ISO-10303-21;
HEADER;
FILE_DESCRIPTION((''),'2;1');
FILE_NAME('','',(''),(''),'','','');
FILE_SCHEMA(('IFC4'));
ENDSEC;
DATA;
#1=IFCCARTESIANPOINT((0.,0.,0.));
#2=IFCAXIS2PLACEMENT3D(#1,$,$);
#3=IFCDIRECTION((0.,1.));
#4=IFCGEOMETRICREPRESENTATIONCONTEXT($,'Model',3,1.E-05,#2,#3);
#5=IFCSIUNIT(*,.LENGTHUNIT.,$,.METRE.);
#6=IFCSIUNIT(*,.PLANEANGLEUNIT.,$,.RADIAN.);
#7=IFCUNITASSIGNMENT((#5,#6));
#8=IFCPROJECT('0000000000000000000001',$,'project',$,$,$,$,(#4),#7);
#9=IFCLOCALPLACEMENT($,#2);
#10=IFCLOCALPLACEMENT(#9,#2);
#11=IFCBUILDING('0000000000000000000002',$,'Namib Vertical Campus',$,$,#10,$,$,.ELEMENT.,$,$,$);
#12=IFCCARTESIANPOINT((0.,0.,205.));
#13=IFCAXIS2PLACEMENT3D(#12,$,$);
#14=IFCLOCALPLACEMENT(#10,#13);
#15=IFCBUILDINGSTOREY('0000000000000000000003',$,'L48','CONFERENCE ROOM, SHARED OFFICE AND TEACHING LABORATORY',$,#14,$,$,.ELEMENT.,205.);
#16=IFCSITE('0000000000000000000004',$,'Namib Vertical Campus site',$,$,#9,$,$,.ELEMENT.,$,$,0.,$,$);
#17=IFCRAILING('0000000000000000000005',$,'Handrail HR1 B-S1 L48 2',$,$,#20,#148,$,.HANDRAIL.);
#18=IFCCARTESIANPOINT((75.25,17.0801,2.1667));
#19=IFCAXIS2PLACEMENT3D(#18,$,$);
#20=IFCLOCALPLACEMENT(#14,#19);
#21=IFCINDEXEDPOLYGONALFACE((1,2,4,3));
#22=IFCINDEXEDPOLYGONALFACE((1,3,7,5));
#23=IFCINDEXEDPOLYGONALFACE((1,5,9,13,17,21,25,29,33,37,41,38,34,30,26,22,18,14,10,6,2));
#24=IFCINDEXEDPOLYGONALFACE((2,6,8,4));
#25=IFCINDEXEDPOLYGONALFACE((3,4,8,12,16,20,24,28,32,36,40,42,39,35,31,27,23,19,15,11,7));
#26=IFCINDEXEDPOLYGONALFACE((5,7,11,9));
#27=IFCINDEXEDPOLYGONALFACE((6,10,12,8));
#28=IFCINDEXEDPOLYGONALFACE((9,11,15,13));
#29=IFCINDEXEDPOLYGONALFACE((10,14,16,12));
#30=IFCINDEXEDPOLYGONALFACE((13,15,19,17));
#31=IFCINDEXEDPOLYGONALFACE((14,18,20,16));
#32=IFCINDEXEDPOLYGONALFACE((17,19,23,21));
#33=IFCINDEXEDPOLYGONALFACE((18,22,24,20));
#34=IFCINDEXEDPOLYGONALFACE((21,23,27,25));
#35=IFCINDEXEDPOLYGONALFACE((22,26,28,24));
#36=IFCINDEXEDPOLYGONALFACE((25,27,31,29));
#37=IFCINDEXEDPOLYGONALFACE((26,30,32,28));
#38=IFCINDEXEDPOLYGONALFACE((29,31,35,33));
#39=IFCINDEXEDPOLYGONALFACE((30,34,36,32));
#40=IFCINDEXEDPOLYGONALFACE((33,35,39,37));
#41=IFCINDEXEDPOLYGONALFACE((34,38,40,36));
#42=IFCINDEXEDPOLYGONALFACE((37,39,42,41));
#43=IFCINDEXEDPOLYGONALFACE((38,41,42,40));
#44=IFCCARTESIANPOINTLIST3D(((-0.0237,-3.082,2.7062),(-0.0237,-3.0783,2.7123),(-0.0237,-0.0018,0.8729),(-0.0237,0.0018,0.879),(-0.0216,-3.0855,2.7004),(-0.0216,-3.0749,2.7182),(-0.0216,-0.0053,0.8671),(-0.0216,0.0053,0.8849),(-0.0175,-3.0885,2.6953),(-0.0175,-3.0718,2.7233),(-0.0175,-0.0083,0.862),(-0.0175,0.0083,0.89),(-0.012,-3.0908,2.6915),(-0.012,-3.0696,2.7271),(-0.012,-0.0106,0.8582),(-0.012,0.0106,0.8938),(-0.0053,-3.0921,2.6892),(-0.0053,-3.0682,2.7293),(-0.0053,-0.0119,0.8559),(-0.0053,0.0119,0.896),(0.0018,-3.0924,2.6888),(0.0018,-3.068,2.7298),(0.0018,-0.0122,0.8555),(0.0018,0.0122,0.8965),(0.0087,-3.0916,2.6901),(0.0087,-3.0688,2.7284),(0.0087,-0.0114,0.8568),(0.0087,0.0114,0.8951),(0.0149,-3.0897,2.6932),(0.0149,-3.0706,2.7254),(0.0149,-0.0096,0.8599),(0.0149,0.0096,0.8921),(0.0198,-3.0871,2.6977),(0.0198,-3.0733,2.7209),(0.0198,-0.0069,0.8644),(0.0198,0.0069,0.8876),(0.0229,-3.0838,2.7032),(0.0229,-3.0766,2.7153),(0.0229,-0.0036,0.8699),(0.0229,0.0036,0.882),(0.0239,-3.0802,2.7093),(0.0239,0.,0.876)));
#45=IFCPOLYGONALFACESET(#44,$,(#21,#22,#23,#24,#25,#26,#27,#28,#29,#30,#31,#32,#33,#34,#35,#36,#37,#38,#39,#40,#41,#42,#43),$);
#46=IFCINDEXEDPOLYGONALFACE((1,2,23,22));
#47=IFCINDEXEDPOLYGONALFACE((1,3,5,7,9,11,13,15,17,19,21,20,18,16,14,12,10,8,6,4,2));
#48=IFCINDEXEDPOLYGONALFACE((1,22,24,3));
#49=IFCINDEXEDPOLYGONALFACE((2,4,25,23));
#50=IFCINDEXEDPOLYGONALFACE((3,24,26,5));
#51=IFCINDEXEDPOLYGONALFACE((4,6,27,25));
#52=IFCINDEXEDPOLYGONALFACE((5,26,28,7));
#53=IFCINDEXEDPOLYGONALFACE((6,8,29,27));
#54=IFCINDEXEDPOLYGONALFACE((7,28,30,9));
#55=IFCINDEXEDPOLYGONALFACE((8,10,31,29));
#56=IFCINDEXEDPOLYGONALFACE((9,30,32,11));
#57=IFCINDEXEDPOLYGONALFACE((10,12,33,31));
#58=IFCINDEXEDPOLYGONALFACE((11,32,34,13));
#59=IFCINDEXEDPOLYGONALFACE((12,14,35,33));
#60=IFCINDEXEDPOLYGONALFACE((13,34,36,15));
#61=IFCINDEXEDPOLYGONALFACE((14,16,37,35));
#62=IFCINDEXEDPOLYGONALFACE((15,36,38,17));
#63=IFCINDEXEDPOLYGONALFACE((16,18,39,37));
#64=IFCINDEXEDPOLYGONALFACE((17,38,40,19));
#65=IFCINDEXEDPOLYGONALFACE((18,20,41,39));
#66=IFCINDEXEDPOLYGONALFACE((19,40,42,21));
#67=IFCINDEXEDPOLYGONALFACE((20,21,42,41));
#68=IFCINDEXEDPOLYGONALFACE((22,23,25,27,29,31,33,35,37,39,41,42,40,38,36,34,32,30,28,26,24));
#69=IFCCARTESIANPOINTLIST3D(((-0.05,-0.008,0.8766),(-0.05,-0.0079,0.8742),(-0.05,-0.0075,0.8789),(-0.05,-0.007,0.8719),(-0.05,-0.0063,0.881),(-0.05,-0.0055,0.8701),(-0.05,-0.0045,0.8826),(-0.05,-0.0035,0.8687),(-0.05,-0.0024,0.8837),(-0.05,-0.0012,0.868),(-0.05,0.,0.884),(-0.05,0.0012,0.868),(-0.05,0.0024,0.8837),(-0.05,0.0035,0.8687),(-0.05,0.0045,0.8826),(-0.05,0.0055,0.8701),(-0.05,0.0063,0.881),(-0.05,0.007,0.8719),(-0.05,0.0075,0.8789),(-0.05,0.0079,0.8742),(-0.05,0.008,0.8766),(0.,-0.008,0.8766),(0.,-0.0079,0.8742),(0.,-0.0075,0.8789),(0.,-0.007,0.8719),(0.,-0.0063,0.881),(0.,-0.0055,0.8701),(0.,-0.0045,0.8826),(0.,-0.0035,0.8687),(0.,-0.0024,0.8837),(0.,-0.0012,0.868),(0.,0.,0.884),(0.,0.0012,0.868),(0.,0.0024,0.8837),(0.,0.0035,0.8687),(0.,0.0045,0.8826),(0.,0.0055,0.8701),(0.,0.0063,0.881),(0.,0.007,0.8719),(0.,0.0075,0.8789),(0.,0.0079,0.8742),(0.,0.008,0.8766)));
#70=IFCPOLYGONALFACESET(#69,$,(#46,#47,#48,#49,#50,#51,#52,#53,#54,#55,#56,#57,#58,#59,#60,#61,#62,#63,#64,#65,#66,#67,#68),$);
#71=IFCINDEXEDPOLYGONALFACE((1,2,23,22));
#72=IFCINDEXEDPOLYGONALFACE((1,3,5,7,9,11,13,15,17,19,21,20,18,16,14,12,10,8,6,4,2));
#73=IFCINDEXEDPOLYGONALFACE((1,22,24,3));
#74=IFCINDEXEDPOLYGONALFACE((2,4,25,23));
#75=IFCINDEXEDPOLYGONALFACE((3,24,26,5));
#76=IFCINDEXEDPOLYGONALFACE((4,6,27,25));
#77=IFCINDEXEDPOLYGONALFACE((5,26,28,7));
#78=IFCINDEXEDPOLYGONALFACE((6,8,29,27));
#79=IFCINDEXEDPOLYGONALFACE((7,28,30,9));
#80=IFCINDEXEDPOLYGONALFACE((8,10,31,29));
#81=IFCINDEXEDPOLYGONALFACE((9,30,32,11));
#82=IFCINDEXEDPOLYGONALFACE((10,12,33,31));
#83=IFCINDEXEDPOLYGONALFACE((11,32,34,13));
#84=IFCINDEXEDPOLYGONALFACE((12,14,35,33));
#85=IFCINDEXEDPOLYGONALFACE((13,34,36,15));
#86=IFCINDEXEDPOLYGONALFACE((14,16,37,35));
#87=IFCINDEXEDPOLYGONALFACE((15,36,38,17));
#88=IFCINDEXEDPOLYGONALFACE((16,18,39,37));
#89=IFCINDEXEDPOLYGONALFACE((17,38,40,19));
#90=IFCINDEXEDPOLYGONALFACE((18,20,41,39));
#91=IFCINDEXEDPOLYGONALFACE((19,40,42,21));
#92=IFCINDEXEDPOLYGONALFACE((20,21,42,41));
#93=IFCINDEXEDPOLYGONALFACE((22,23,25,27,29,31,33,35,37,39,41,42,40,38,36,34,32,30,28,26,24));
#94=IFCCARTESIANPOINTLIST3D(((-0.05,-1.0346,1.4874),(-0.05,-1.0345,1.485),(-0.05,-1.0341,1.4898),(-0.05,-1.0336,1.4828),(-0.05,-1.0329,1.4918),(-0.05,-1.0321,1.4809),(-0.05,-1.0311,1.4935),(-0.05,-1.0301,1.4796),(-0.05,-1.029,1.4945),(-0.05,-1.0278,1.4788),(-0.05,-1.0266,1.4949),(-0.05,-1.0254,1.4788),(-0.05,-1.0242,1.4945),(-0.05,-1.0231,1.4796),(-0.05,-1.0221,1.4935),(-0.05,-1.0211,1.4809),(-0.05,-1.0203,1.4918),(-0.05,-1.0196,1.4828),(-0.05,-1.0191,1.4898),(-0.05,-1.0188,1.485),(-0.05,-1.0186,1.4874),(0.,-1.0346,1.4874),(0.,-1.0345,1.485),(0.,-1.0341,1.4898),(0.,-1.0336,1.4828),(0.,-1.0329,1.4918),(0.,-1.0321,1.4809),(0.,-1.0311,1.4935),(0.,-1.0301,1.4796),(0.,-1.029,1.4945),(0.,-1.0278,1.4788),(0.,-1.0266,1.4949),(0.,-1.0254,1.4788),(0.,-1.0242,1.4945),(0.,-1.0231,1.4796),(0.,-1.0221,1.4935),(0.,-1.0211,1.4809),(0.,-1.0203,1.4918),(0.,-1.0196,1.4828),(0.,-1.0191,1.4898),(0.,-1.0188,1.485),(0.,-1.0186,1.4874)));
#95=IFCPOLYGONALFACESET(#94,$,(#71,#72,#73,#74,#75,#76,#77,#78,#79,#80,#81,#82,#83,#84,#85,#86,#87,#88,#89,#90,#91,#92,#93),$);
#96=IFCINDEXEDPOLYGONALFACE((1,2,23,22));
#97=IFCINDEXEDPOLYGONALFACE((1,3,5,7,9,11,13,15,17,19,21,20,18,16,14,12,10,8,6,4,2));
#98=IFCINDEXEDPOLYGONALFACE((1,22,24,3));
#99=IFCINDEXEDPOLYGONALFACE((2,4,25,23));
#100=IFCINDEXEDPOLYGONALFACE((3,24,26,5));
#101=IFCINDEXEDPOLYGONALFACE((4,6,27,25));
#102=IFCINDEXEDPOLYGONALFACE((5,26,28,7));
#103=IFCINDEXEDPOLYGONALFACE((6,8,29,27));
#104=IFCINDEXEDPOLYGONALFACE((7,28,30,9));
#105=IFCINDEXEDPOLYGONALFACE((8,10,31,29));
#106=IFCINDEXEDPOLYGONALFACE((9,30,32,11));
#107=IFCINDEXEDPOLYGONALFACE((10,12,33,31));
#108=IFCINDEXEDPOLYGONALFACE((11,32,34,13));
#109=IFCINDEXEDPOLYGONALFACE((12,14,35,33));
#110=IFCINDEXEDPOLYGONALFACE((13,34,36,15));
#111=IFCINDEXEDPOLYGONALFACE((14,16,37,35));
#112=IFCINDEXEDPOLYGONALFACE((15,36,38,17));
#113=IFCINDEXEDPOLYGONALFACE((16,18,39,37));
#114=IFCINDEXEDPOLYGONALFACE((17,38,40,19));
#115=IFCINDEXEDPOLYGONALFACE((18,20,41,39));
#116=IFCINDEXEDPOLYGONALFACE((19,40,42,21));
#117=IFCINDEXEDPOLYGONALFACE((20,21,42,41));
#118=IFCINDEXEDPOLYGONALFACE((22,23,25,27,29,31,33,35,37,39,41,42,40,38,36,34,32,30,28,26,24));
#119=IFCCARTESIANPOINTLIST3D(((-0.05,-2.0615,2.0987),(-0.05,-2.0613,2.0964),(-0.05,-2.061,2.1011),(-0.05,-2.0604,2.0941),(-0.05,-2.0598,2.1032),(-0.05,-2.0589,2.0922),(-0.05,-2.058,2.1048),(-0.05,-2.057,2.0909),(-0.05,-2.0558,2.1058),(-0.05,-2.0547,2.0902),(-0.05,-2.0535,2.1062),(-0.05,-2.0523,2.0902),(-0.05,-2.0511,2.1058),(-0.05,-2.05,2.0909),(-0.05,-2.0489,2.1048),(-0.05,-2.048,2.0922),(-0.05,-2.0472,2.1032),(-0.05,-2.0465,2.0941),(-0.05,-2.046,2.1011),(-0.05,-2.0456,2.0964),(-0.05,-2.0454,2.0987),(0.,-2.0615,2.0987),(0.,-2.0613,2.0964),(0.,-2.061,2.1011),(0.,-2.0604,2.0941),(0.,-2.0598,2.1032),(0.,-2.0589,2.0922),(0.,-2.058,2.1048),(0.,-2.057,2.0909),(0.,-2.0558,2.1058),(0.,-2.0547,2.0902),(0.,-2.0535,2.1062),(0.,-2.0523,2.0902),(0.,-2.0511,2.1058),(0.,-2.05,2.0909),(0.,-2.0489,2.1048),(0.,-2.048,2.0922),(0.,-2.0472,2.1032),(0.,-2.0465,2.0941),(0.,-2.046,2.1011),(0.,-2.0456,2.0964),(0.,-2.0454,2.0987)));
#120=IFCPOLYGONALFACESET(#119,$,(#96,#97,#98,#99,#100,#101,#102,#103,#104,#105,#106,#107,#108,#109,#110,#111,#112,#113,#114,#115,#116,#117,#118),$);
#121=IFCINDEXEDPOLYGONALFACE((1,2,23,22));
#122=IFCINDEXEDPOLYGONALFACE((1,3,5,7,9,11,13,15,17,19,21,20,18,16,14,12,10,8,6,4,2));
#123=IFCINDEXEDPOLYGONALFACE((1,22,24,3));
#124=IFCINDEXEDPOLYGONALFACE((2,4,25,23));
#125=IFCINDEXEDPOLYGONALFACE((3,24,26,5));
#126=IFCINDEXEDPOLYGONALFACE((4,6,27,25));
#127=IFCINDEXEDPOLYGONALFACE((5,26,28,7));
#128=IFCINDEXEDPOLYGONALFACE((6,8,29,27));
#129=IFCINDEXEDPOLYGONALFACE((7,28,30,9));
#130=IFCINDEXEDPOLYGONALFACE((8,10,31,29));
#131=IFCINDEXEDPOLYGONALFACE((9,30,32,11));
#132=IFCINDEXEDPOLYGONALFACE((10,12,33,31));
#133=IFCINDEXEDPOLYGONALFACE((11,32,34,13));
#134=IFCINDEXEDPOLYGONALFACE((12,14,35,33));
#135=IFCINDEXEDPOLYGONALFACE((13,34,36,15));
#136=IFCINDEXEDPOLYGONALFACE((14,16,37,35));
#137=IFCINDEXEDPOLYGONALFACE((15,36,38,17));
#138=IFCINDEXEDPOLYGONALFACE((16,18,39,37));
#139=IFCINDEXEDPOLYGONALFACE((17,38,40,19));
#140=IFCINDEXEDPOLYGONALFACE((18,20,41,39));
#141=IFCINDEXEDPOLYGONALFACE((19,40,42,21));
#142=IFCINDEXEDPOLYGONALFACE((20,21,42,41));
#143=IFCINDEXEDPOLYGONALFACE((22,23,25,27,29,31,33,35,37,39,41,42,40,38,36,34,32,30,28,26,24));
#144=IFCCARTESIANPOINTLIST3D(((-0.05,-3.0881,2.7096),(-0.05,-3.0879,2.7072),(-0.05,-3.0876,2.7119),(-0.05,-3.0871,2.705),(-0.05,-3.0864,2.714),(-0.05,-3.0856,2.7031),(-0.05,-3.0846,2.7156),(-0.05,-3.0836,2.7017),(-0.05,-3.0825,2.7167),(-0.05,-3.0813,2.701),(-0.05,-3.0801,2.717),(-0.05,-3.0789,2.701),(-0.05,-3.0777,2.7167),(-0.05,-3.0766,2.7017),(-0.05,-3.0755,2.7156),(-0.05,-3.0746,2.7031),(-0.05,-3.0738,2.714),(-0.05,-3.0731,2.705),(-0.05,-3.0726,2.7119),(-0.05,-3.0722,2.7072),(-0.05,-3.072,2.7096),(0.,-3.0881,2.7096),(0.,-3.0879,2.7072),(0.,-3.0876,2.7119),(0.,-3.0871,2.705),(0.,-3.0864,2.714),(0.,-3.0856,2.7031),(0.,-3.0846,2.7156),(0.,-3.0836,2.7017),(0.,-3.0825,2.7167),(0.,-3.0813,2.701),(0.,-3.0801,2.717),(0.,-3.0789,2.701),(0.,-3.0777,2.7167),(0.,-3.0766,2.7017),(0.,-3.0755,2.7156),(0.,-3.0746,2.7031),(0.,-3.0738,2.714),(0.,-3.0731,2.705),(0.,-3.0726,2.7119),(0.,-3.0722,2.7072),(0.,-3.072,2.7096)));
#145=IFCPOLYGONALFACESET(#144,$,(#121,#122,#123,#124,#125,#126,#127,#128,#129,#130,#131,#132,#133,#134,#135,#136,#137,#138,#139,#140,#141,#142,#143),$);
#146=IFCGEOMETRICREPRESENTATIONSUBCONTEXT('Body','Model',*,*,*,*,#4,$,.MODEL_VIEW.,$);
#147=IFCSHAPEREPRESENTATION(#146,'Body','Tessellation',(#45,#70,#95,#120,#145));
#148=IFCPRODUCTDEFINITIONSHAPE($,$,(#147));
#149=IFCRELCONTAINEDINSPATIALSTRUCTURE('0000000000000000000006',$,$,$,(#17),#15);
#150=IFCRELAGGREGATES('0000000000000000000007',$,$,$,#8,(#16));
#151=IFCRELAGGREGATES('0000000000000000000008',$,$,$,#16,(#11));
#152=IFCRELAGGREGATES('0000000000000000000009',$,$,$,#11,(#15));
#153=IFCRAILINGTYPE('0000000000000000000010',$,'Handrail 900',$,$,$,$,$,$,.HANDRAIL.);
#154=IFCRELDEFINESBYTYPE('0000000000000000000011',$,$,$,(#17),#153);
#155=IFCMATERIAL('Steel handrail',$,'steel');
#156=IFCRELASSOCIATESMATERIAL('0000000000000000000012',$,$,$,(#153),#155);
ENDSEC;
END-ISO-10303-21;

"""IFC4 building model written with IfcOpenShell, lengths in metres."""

from ifc_helpers import new_model, si_unit, direction, frame, origin, origin_2d, place, context, subcontext, project, spatial, circle, extrude, material, type_object, element, save


model = new_model("IFC4")

# Units and contexts
model_context = context("Model", 3, precision=1e-05, world=origin(), true_north=direction((0.0, 1.0)))
body_context = subcontext(model_context, "Body", "Model", "MODEL_VIEW")
ifc_project = project(units=[si_unit("LENGTHUNIT", "METRE"), si_unit("PLANEANGLEUNIT", "RADIAN")], contexts=[model_context])

# Site, building, storey
site_placement = place(None, origin())
site = spatial("IfcSite", under=ifc_project, at=site_placement, Name="Namib Vertical Campus site", CompositionType="ELEMENT", RefElevation=0.0)
building_placement = place(site_placement, origin())
building = spatial("IfcBuilding", under=site, at=building_placement, Name="Namib Vertical Campus", CompositionType="ELEMENT")
storey_placement = place(building_placement, frame((0.0, 0.0, 205.0)))
storey = spatial("IfcBuildingStorey", under=building, at=storey_placement, Name="L48", Description="CONFERENCE ROOM, SHARED OFFICE AND TEACHING LABORATORY", CompositionType="ELEMENT", Elevation=205.0)

# Railing
ifc_material_1 = material(Name="Steel handrail", Category="steel")
railing_type_1 = type_object("IfcRailingType", Name="Handrail 900", PredefinedType="HANDRAIL", material=ifc_material_1)
railing_1_placement = place(storey_placement, frame((75.25, 17.0801, 2.1667)))
element("IfcRailing", 1, at=railing_1_placement, inside=storey, type_object=railing_type_1, Name="Handrail HR1 B-S1 L48 2", PredefinedType="HANDRAIL", context=body_context, shape_type="SweptSolid", body=[
    extrude(circle(Radius=0.0239, at=origin_2d()), frame((0.0, 0.0, 0.876), z_axis=(0.0, -0.859309, 0.511458), x_axis=(1.0, 0.0, 0.0)), (0.0, 0.0, 1.0), 3.5845),
    extrude(circle(Radius=0.0081, at=origin_2d()), frame((0.0, 0.0, 0.876), z_axis=(-1.0, 0.0, 0.0), x_axis=(0.0, 0.0, 1.0)), (0.0, 0.0, 1.0), 0.05),
    extrude(circle(Radius=0.0081, at=origin_2d()), frame((0.0, -1.0266, 1.4868), z_axis=(-1.0, 0.0, 0.0), x_axis=(0.0, 0.0, 1.0)), (0.0, 0.0, 1.0), 0.05),
    extrude(circle(Radius=0.0081, at=origin_2d()), frame((0.0, -2.0535, 2.0981), z_axis=(-1.0, 0.0, 0.0), x_axis=(0.0, 0.0, 1.0)), (0.0, 0.0, 1.0), 0.05),
    extrude(circle(Radius=0.0081, at=origin_2d()), frame((0.0, -3.0801, 2.709), z_axis=(-1.0, 0.0, 0.0), x_axis=(0.0, 0.0, 1.0)), (0.0, 0.0, 1.0), 0.05),
])

save(model, "model.ifc")
